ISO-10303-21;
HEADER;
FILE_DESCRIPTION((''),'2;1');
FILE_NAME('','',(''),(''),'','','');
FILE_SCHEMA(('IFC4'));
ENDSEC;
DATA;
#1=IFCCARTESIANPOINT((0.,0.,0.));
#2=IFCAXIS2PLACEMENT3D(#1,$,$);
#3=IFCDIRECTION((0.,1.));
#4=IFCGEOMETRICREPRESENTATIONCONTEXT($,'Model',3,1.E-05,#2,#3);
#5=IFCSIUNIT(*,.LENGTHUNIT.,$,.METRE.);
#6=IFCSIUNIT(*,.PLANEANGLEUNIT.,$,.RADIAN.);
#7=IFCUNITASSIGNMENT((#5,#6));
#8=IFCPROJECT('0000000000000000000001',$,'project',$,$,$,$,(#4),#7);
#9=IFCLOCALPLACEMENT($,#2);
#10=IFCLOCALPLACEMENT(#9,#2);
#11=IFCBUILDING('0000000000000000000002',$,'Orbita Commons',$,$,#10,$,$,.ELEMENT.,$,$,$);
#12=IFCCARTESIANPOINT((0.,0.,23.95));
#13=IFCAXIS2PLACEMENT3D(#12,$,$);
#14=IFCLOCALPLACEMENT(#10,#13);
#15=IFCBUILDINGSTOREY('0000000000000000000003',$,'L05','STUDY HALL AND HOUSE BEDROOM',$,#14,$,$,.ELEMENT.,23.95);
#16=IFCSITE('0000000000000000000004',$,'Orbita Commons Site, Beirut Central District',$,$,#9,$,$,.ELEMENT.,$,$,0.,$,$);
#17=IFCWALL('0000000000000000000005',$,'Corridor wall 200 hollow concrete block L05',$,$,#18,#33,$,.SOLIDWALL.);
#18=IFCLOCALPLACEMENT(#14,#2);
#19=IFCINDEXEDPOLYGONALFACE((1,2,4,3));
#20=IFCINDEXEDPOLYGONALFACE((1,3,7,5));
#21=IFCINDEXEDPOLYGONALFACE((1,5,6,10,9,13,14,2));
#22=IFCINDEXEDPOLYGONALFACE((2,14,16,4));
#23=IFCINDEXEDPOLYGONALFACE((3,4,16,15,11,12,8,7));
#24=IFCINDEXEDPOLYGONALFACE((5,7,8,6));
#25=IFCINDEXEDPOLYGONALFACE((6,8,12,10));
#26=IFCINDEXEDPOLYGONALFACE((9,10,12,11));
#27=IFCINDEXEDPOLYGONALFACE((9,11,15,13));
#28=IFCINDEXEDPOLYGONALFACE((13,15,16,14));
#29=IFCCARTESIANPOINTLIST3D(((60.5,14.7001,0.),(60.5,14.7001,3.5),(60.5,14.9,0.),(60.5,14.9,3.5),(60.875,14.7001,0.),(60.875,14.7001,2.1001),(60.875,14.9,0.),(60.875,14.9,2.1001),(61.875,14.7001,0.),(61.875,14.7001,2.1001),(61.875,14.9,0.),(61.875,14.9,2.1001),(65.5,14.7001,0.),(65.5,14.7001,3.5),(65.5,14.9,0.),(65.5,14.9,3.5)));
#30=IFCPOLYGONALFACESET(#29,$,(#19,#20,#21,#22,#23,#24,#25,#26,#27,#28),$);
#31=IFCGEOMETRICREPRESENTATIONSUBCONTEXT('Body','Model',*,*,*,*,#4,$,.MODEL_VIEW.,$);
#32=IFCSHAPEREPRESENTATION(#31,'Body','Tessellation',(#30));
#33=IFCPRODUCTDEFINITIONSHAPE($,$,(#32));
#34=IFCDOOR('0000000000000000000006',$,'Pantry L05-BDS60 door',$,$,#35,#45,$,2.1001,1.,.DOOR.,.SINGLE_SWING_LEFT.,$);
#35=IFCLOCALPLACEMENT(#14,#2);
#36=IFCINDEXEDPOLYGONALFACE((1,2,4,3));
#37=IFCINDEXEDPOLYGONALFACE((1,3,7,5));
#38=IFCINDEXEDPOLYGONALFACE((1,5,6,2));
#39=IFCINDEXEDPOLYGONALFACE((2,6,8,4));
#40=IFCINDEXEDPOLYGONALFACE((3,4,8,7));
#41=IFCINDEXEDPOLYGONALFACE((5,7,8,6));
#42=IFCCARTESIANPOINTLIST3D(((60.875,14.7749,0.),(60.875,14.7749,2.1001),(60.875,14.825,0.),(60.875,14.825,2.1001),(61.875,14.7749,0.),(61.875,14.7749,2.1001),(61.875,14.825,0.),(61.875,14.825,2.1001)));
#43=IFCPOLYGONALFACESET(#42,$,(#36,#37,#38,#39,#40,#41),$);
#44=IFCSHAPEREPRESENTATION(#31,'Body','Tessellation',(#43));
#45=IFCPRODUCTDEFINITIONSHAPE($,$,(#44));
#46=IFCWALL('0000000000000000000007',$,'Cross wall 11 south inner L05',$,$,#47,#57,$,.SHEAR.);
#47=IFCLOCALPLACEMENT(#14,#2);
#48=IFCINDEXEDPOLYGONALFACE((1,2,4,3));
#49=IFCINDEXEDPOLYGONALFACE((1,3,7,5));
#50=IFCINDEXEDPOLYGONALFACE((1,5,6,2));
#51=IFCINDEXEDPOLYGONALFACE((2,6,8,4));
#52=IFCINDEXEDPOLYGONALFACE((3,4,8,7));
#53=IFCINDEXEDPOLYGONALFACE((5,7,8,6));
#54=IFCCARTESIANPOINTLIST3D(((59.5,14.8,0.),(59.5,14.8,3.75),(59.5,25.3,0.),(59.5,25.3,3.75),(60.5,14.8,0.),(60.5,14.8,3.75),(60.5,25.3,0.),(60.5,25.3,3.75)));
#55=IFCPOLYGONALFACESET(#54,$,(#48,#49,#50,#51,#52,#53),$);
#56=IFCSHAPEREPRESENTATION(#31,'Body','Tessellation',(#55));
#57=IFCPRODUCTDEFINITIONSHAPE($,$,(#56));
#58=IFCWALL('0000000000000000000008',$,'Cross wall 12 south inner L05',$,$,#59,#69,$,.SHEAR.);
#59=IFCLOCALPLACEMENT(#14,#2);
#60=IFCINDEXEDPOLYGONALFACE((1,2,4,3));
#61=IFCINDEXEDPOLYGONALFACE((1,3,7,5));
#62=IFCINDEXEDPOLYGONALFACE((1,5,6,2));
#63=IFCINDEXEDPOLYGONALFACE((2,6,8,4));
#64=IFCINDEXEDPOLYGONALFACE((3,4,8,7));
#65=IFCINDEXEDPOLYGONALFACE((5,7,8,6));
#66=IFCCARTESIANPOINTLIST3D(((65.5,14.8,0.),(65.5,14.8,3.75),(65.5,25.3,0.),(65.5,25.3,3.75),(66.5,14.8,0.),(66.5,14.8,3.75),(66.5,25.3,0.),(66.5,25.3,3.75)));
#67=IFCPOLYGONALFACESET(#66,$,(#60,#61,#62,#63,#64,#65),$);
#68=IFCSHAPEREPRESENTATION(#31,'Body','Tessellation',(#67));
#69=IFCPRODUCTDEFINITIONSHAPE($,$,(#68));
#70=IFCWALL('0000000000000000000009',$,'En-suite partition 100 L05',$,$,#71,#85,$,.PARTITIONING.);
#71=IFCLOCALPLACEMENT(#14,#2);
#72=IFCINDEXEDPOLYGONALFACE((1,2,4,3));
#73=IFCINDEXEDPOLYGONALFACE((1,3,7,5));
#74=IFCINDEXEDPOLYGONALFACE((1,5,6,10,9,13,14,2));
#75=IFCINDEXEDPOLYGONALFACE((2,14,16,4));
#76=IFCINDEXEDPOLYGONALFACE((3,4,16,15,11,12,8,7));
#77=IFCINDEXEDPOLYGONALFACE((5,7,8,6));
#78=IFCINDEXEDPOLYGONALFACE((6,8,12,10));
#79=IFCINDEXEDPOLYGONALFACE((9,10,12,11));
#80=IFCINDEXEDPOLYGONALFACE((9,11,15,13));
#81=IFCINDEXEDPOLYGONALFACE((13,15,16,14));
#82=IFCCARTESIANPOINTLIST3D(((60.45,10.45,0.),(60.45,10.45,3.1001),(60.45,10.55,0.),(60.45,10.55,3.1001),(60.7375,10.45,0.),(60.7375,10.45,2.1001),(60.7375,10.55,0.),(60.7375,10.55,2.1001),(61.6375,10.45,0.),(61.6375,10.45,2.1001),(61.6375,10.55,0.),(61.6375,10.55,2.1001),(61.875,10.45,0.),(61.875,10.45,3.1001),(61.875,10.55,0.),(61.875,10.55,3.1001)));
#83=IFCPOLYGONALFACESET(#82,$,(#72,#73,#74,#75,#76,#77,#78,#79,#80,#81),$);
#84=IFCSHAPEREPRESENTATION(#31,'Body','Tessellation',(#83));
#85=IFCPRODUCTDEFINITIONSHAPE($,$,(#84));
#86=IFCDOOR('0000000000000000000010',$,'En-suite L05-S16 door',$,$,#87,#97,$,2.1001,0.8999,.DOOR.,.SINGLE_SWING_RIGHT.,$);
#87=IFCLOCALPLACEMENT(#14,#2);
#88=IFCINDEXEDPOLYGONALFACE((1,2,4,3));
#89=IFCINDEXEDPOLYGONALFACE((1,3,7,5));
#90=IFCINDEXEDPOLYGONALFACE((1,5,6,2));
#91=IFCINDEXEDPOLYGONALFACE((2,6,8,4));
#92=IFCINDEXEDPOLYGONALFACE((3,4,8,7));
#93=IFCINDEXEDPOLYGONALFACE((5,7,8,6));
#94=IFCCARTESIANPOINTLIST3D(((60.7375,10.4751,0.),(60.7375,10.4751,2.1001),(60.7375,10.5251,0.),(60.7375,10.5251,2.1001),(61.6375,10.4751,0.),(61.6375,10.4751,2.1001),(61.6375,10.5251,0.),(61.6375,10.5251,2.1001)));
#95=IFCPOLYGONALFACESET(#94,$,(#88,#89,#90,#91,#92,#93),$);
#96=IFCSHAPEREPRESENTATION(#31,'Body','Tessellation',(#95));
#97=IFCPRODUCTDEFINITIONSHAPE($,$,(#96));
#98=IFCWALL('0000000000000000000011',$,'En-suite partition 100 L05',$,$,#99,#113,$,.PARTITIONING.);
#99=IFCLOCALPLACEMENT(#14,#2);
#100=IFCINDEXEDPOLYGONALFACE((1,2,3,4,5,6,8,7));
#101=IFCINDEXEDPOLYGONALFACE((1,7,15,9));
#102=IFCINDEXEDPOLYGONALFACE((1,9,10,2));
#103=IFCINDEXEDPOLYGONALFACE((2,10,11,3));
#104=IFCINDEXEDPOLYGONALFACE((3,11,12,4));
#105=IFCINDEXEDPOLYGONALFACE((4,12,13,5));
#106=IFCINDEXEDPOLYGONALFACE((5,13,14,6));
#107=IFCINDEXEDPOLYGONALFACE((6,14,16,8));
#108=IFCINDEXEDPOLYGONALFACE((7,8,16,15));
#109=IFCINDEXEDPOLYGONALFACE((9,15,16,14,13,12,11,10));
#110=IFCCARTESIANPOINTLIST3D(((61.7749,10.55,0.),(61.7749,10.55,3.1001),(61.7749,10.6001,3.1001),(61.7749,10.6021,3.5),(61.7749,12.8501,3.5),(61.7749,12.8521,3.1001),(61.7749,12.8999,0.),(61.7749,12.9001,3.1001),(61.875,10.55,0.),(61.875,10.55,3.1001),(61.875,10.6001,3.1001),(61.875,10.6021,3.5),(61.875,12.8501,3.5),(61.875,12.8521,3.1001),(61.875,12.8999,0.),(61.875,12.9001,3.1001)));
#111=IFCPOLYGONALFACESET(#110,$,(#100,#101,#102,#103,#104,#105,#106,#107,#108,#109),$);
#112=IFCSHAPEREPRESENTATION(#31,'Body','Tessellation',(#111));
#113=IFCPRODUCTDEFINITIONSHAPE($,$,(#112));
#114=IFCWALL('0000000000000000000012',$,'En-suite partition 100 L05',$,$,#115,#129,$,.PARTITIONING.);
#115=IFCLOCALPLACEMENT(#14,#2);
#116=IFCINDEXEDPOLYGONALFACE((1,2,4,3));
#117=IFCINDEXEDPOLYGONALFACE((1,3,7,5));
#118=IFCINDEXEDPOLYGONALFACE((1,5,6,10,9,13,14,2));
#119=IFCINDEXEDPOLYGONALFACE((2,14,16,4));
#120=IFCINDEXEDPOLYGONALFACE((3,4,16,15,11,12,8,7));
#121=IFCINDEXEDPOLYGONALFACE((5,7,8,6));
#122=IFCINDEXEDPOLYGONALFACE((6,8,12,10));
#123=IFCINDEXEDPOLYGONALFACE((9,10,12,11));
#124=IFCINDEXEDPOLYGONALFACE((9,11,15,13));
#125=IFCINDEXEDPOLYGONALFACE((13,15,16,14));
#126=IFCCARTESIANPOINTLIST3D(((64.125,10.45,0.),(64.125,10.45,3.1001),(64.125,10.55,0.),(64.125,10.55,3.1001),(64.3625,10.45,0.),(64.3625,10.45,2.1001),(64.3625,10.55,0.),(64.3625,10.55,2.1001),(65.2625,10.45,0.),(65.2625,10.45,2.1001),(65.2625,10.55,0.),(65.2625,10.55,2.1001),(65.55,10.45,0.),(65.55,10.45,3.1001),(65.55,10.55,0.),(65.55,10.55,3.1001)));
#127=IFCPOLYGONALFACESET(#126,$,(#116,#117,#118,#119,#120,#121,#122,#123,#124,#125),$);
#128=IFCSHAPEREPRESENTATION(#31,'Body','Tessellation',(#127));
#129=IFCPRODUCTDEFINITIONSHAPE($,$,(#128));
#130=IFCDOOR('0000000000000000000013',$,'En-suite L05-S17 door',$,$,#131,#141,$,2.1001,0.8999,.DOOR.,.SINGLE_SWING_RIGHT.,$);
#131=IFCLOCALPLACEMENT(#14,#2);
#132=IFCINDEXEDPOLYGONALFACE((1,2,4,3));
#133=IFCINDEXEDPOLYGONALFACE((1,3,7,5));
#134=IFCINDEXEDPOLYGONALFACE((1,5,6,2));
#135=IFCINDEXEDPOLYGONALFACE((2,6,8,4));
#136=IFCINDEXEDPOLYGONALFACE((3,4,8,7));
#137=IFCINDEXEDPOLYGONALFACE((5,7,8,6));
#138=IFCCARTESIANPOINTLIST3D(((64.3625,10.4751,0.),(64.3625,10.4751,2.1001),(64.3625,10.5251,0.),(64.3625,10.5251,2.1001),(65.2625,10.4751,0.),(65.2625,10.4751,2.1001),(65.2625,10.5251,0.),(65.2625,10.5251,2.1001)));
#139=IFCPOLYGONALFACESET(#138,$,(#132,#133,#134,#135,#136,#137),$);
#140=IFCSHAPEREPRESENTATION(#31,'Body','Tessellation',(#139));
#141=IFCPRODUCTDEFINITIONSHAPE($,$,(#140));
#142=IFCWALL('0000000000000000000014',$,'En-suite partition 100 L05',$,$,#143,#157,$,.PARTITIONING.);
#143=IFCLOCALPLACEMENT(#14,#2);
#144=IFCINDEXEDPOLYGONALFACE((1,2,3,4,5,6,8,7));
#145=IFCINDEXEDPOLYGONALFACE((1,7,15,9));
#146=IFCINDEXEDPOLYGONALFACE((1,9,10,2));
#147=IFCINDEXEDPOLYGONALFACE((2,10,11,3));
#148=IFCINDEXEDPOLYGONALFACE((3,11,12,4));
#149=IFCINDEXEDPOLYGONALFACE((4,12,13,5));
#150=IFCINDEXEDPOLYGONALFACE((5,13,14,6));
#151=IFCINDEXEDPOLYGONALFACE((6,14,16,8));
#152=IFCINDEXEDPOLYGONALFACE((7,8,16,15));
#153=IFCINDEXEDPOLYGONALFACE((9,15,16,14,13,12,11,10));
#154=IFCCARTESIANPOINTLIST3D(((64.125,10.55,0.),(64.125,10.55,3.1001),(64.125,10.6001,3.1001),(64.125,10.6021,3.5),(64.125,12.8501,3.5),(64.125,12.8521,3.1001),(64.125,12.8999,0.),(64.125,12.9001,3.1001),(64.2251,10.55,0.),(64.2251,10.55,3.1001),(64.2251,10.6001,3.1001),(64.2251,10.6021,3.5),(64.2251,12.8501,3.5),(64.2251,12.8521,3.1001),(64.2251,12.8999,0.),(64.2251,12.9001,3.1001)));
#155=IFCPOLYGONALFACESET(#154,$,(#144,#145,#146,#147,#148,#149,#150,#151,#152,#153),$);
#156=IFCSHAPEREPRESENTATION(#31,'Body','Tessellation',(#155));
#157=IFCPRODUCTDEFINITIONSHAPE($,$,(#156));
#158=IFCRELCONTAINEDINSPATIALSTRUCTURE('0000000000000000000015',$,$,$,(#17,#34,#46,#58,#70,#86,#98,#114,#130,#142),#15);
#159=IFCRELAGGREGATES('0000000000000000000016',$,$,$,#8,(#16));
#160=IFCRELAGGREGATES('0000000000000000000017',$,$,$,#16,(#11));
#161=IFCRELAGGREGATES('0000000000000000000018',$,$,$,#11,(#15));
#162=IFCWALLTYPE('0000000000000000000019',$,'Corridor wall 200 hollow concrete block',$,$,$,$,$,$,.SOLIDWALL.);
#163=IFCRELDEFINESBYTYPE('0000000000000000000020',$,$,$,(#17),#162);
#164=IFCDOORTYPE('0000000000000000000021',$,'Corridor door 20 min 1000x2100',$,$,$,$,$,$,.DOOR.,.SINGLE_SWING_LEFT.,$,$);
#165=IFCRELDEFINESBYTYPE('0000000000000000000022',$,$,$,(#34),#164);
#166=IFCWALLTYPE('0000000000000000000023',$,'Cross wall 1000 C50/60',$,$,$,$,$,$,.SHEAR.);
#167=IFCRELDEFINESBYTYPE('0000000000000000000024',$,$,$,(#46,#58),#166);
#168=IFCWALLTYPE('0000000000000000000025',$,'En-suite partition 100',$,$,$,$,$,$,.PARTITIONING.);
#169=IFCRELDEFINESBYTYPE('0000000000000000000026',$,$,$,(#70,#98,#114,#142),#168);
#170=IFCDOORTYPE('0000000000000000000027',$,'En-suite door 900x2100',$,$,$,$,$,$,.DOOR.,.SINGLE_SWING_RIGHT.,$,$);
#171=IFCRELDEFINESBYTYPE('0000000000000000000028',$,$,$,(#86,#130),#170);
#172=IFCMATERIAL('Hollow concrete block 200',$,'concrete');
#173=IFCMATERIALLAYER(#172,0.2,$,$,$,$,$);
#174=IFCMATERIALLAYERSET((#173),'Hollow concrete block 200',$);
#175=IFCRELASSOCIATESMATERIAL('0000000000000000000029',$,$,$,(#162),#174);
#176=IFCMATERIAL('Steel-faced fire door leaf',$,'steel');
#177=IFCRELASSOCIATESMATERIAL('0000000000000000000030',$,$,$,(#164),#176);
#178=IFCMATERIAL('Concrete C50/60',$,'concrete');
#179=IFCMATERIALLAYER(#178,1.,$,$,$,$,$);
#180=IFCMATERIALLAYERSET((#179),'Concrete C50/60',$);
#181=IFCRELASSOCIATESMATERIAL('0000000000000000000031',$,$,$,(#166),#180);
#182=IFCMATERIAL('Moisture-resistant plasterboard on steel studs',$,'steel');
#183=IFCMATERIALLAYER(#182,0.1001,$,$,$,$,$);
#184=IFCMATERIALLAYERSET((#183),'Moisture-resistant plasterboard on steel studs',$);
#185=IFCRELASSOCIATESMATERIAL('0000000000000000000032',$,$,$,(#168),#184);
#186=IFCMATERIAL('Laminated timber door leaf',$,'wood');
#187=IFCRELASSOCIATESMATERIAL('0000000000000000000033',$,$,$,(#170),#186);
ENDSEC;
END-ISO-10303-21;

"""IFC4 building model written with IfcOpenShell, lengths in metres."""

from ifc_helpers import new_model, si_unit, direction, frame, frame_2d, origin, place, context, subcontext, project, spatial, polyline, rectangle, outline, extrude, material, layer, layer_set, type_object, element, fill, save


model = new_model("IFC4")

# Units and contexts
model_context = context("Model", 3, precision=1e-05, world=origin(), true_north=direction((0.0, 1.0)))
body_context = subcontext(model_context, "Body", "Model", "MODEL_VIEW")
ifc_project = project(units=[si_unit("LENGTHUNIT", "METRE"), si_unit("PLANEANGLEUNIT", "RADIAN")], contexts=[model_context])

# Site, building, storey
site_placement = place(None, origin())
site = spatial("IfcSite", under=ifc_project, at=site_placement, Name="Orbita Commons Site, Beirut Central District", CompositionType="ELEMENT", RefElevation=0.0)
building_placement = place(site_placement, origin())
building = spatial("IfcBuilding", under=site, at=building_placement, Name="Orbita Commons", CompositionType="ELEMENT")
storey_placement = place(building_placement, frame((0.0, 0.0, 23.95)))
storey = spatial("IfcBuildingStorey", under=building, at=storey_placement, Name="L05", Description="STUDY HALL AND HOUSE BEDROOM", CompositionType="ELEMENT", Elevation=23.95)

# Wall, opening, door
ifc_material_1 = material(Name="Hollow concrete block 200", Category="concrete")
ifc_layer_1 = layer(ifc_material_1, 0.2)
ifc_layer_set_1 = layer_set([ifc_layer_1], Name="Hollow concrete block 200")
wall_type_1 = type_object("IfcWallType", Name="Corridor wall 200 hollow concrete block", PredefinedType="SOLIDWALL", material=ifc_layer_set_1)
wall_1_placement = place(storey_placement, frame((60.5, 14.8, 0.0), z_axis=(0.0, 0.0, 1.0), x_axis=(1.0, 0.0, 0.0)))
wall_1 = element("IfcWall", 1, at=wall_1_placement, inside=storey, type_object=wall_type_1, Name="Corridor wall 200 hollow concrete block L05", PredefinedType="SOLIDWALL", context=body_context, shape_type="SweptSolid", body=[
    extrude(rectangle(XDim=5.0, YDim=0.2, at=frame_2d((2.5, 0.0))), origin(), (0.0, 0.0, 1.0), 3.5),
])
opening_1_placement = place(wall_1_placement, frame((0.375, 0.0, 0.0)))
opening_1 = element("IfcOpeningElement", 2, at=opening_1_placement, cuts=wall_1, PredefinedType="OPENING", context=body_context, shape_type="SweptSolid", body=[
    extrude(rectangle(XDim=1.0, YDim=2.1001, at=frame_2d((0.5, 1.05))), frame((0.0, 0.1099, 0.0), z_axis=(0.0, -1.0, 0.0), x_axis=(1.0, 0.0, 0.0)), (0.0, 0.0, 1.0), 0.22),
])
ifc_material_2 = material(Name="Steel-faced fire door leaf", Category="steel")
door_type_1 = type_object("IfcDoorType", Name="Corridor door 20 min 1000x2100", OperationType="SINGLE_SWING_LEFT", PredefinedType="DOOR", material=ifc_material_2)
door_1_placement = place(opening_1_placement, origin())
door_1 = element("IfcDoor", 3, at=door_1_placement, inside=storey, type_object=door_type_1, Name="Pantry L05-BDS60 door", OperationType="SINGLE_SWING_LEFT", OverallHeight=2.1001, OverallWidth=1.0, PredefinedType="DOOR", context=body_context, shape_type="SweptSolid", body=[
    extrude(rectangle(XDim=1.0, YDim=2.1001, at=frame_2d((0.5, 1.05))), frame((0.0, 0.0249, 0.0), z_axis=(0.0, -1.0, 0.0), x_axis=(1.0, 0.0, 0.0)), (0.0, 0.0, 1.0), 0.05),
])
fill(opening_1, door_1)

# Walls
ifc_material_3 = material(Name="Concrete C50/60", Category="concrete")
ifc_layer_2 = layer(ifc_material_3, 1.0)
ifc_layer_set_2 = layer_set([ifc_layer_2], Name="Concrete C50/60")
wall_type_2 = type_object("IfcWallType", Name="Cross wall 1000 C50/60", PredefinedType="SHEAR", material=ifc_layer_set_2)
for number, where, z_axis, x_axis, name in (
    (4, (60.0, 14.8, 0.0), (0.0, 0.0, 1.0), (0.0, 1.0, 0.0), "Cross wall 11 south inner L05"),
    (5, (66.0, 14.8, 0.0), (0.0, 0.0, 1.0), (0.0, 1.0, 0.0), "Cross wall 12 south inner L05"),
):
    element("IfcWall", number, at=place(storey_placement, frame(where, z_axis=z_axis, x_axis=x_axis)), inside=storey, type_object=wall_type_2, Name=name, PredefinedType="SHEAR", context=body_context, shape_type="SweptSolid", body=[
        extrude(rectangle(XDim=10.5, YDim=1.0, at=frame_2d((5.25, 0.0))), origin(), (0.0, 0.0, 1.0), 3.75),
    ])

# Wall, opening, door
ifc_material_4 = material(Name="Moisture-resistant plasterboard on steel studs", Category="steel")
ifc_layer_3 = layer(ifc_material_4, 0.1001)
ifc_layer_set_3 = layer_set([ifc_layer_3], Name="Moisture-resistant plasterboard on steel studs")
wall_type_3 = type_object("IfcWallType", Name="En-suite partition 100", PredefinedType="PARTITIONING", material=ifc_layer_set_3)
wall_2_placement = place(storey_placement, frame((61.875, 10.5, 0.0), z_axis=(0.0, 0.0, 1.0), x_axis=(-1.0, 0.0, 0.0)))
wall_2 = element("IfcWall", 6, at=wall_2_placement, inside=storey, type_object=wall_type_3, Name="En-suite partition 100 L05", PredefinedType="PARTITIONING", context=body_context, shape_type="SweptSolid", body=[
    extrude(outline(polyline([(0.0, 0.0), (1.425, 0.0), (1.425, 3.1001), (0.0, 3.1001), (0.0, 0.0)])), frame((0.0, 0.05, 0.0), z_axis=(0.0, -1.0, 0.0), x_axis=(1.0, 0.0, 0.0)), (0.0, 0.0, 1.0), 0.1001),
])
opening_2_placement = place(wall_2_placement, frame((0.2375, 0.0, 0.0)))
opening_2 = element("IfcOpeningElement", 7, at=opening_2_placement, cuts=wall_2, PredefinedType="OPENING", context=body_context, shape_type="SweptSolid", body=[
    extrude(rectangle(XDim=0.8999, YDim=2.1001, at=frame_2d((0.45, 1.05))), frame((0.0, 0.0601, 0.0), z_axis=(0.0, -1.0, 0.0), x_axis=(1.0, 0.0, 0.0)), (0.0, 0.0, 1.0), 0.1201),
])
ifc_material_5 = material(Name="Laminated timber door leaf", Category="wood")
door_type_2 = type_object("IfcDoorType", Name="En-suite door 900x2100", OperationType="SINGLE_SWING_RIGHT", PredefinedType="DOOR", material=ifc_material_5)
door_2_placement = place(opening_2_placement, origin())
door_2 = element("IfcDoor", 8, at=door_2_placement, inside=storey, type_object=door_type_2, Name="En-suite L05-S16 door", OperationType="SINGLE_SWING_RIGHT", OverallHeight=2.1001, OverallWidth=0.8999, PredefinedType="DOOR", context=body_context, shape_type="SweptSolid", body=[
    extrude(rectangle(XDim=0.8999, YDim=2.1001, at=frame_2d((0.45, 1.05))), frame((0.0, 0.0249, 0.0), z_axis=(0.0, -1.0, 0.0), x_axis=(1.0, 0.0, 0.0)), (0.0, 0.0, 1.0), 0.05),
])
fill(opening_2, door_2)

# Wall
wall_3_placement = place(storey_placement, frame((61.825, 10.55, 0.0), z_axis=(0.0, 0.0, 1.0), x_axis=(0.0, 1.0, 0.0)))
element("IfcWall", 9, at=wall_3_placement, inside=storey, type_object=wall_type_3, Name="En-suite partition 100 L05", PredefinedType="PARTITIONING", context=body_context, shape_type="SweptSolid", body=[
    extrude(outline(polyline([(0.0, 0.0), (2.3499, 0.0), (2.3501, 3.1001), (2.302, 3.1001), (2.3, 3.5), (0.052, 3.5), (0.05, 3.1001), (0.0, 3.1001), (0.0, 0.0)])), frame((0.0, 0.05, 0.0), z_axis=(0.0, -1.0, 0.0), x_axis=(1.0, 0.0, 0.0)), (0.0, 0.0, 1.0), 0.1001),
])

# Wall, opening, door
wall_4_placement = place(storey_placement, frame((65.55, 10.5, 0.0), z_axis=(0.0, 0.0, 1.0), x_axis=(-1.0, 0.0, 0.0)))
wall_4 = element("IfcWall", 10, at=wall_4_placement, inside=storey, type_object=wall_type_3, Name="En-suite partition 100 L05", PredefinedType="PARTITIONING", context=body_context, shape_type="SweptSolid", body=[
    extrude(outline(polyline([(0.0, 0.0), (1.425, 0.0), (1.425, 3.1001), (0.0, 3.1001), (0.0, 0.0)])), frame((0.0, 0.05, 0.0), z_axis=(0.0, -1.0, 0.0), x_axis=(1.0, 0.0, 0.0)), (0.0, 0.0, 1.0), 0.1001),
])
opening_3_placement = place(wall_4_placement, frame((0.2876, 0.0, 0.0)))
opening_3 = element("IfcOpeningElement", 11, at=opening_3_placement, cuts=wall_4, PredefinedType="OPENING", context=body_context, shape_type="SweptSolid", body=[
    extrude(rectangle(XDim=0.8999, YDim=2.1001, at=frame_2d((0.45, 1.05))), frame((0.0, 0.0601, 0.0), z_axis=(0.0, -1.0, 0.0), x_axis=(1.0, 0.0, 0.0)), (0.0, 0.0, 1.0), 0.1201),
])
door_3_placement = place(opening_3_placement, origin())
door_3 = element("IfcDoor", 12, at=door_3_placement, inside=storey, type_object=door_type_2, Name="En-suite L05-S17 door", OperationType="SINGLE_SWING_RIGHT", OverallHeight=2.1001, OverallWidth=0.8999, PredefinedType="DOOR", context=body_context, shape_type="SweptSolid", body=[
    extrude(rectangle(XDim=0.8999, YDim=2.1001, at=frame_2d((0.45, 1.05))), frame((0.0, 0.0249, 0.0), z_axis=(0.0, -1.0, 0.0), x_axis=(1.0, 0.0, 0.0)), (0.0, 0.0, 1.0), 0.05),
])
fill(opening_3, door_3)

# Wall
wall_5_placement = place(storey_placement, frame((64.175, 10.55, 0.0), z_axis=(0.0, 0.0, 1.0), x_axis=(0.0, 1.0, 0.0)))
element("IfcWall", 13, at=wall_5_placement, inside=storey, type_object=wall_type_3, Name="En-suite partition 100 L05", PredefinedType="PARTITIONING", context=body_context, shape_type="SweptSolid", body=[
    extrude(outline(polyline([(0.0, 0.0), (2.3499, 0.0), (2.3501, 3.1001), (2.302, 3.1001), (2.3, 3.5), (0.052, 3.5), (0.05, 3.1001), (0.0, 3.1001), (0.0, 0.0)])), frame((0.0, 0.05, 0.0), z_axis=(0.0, -1.0, 0.0), x_axis=(1.0, 0.0, 0.0)), (0.0, 0.0, 1.0), 0.1001),
])

save(model, "model.ifc")
